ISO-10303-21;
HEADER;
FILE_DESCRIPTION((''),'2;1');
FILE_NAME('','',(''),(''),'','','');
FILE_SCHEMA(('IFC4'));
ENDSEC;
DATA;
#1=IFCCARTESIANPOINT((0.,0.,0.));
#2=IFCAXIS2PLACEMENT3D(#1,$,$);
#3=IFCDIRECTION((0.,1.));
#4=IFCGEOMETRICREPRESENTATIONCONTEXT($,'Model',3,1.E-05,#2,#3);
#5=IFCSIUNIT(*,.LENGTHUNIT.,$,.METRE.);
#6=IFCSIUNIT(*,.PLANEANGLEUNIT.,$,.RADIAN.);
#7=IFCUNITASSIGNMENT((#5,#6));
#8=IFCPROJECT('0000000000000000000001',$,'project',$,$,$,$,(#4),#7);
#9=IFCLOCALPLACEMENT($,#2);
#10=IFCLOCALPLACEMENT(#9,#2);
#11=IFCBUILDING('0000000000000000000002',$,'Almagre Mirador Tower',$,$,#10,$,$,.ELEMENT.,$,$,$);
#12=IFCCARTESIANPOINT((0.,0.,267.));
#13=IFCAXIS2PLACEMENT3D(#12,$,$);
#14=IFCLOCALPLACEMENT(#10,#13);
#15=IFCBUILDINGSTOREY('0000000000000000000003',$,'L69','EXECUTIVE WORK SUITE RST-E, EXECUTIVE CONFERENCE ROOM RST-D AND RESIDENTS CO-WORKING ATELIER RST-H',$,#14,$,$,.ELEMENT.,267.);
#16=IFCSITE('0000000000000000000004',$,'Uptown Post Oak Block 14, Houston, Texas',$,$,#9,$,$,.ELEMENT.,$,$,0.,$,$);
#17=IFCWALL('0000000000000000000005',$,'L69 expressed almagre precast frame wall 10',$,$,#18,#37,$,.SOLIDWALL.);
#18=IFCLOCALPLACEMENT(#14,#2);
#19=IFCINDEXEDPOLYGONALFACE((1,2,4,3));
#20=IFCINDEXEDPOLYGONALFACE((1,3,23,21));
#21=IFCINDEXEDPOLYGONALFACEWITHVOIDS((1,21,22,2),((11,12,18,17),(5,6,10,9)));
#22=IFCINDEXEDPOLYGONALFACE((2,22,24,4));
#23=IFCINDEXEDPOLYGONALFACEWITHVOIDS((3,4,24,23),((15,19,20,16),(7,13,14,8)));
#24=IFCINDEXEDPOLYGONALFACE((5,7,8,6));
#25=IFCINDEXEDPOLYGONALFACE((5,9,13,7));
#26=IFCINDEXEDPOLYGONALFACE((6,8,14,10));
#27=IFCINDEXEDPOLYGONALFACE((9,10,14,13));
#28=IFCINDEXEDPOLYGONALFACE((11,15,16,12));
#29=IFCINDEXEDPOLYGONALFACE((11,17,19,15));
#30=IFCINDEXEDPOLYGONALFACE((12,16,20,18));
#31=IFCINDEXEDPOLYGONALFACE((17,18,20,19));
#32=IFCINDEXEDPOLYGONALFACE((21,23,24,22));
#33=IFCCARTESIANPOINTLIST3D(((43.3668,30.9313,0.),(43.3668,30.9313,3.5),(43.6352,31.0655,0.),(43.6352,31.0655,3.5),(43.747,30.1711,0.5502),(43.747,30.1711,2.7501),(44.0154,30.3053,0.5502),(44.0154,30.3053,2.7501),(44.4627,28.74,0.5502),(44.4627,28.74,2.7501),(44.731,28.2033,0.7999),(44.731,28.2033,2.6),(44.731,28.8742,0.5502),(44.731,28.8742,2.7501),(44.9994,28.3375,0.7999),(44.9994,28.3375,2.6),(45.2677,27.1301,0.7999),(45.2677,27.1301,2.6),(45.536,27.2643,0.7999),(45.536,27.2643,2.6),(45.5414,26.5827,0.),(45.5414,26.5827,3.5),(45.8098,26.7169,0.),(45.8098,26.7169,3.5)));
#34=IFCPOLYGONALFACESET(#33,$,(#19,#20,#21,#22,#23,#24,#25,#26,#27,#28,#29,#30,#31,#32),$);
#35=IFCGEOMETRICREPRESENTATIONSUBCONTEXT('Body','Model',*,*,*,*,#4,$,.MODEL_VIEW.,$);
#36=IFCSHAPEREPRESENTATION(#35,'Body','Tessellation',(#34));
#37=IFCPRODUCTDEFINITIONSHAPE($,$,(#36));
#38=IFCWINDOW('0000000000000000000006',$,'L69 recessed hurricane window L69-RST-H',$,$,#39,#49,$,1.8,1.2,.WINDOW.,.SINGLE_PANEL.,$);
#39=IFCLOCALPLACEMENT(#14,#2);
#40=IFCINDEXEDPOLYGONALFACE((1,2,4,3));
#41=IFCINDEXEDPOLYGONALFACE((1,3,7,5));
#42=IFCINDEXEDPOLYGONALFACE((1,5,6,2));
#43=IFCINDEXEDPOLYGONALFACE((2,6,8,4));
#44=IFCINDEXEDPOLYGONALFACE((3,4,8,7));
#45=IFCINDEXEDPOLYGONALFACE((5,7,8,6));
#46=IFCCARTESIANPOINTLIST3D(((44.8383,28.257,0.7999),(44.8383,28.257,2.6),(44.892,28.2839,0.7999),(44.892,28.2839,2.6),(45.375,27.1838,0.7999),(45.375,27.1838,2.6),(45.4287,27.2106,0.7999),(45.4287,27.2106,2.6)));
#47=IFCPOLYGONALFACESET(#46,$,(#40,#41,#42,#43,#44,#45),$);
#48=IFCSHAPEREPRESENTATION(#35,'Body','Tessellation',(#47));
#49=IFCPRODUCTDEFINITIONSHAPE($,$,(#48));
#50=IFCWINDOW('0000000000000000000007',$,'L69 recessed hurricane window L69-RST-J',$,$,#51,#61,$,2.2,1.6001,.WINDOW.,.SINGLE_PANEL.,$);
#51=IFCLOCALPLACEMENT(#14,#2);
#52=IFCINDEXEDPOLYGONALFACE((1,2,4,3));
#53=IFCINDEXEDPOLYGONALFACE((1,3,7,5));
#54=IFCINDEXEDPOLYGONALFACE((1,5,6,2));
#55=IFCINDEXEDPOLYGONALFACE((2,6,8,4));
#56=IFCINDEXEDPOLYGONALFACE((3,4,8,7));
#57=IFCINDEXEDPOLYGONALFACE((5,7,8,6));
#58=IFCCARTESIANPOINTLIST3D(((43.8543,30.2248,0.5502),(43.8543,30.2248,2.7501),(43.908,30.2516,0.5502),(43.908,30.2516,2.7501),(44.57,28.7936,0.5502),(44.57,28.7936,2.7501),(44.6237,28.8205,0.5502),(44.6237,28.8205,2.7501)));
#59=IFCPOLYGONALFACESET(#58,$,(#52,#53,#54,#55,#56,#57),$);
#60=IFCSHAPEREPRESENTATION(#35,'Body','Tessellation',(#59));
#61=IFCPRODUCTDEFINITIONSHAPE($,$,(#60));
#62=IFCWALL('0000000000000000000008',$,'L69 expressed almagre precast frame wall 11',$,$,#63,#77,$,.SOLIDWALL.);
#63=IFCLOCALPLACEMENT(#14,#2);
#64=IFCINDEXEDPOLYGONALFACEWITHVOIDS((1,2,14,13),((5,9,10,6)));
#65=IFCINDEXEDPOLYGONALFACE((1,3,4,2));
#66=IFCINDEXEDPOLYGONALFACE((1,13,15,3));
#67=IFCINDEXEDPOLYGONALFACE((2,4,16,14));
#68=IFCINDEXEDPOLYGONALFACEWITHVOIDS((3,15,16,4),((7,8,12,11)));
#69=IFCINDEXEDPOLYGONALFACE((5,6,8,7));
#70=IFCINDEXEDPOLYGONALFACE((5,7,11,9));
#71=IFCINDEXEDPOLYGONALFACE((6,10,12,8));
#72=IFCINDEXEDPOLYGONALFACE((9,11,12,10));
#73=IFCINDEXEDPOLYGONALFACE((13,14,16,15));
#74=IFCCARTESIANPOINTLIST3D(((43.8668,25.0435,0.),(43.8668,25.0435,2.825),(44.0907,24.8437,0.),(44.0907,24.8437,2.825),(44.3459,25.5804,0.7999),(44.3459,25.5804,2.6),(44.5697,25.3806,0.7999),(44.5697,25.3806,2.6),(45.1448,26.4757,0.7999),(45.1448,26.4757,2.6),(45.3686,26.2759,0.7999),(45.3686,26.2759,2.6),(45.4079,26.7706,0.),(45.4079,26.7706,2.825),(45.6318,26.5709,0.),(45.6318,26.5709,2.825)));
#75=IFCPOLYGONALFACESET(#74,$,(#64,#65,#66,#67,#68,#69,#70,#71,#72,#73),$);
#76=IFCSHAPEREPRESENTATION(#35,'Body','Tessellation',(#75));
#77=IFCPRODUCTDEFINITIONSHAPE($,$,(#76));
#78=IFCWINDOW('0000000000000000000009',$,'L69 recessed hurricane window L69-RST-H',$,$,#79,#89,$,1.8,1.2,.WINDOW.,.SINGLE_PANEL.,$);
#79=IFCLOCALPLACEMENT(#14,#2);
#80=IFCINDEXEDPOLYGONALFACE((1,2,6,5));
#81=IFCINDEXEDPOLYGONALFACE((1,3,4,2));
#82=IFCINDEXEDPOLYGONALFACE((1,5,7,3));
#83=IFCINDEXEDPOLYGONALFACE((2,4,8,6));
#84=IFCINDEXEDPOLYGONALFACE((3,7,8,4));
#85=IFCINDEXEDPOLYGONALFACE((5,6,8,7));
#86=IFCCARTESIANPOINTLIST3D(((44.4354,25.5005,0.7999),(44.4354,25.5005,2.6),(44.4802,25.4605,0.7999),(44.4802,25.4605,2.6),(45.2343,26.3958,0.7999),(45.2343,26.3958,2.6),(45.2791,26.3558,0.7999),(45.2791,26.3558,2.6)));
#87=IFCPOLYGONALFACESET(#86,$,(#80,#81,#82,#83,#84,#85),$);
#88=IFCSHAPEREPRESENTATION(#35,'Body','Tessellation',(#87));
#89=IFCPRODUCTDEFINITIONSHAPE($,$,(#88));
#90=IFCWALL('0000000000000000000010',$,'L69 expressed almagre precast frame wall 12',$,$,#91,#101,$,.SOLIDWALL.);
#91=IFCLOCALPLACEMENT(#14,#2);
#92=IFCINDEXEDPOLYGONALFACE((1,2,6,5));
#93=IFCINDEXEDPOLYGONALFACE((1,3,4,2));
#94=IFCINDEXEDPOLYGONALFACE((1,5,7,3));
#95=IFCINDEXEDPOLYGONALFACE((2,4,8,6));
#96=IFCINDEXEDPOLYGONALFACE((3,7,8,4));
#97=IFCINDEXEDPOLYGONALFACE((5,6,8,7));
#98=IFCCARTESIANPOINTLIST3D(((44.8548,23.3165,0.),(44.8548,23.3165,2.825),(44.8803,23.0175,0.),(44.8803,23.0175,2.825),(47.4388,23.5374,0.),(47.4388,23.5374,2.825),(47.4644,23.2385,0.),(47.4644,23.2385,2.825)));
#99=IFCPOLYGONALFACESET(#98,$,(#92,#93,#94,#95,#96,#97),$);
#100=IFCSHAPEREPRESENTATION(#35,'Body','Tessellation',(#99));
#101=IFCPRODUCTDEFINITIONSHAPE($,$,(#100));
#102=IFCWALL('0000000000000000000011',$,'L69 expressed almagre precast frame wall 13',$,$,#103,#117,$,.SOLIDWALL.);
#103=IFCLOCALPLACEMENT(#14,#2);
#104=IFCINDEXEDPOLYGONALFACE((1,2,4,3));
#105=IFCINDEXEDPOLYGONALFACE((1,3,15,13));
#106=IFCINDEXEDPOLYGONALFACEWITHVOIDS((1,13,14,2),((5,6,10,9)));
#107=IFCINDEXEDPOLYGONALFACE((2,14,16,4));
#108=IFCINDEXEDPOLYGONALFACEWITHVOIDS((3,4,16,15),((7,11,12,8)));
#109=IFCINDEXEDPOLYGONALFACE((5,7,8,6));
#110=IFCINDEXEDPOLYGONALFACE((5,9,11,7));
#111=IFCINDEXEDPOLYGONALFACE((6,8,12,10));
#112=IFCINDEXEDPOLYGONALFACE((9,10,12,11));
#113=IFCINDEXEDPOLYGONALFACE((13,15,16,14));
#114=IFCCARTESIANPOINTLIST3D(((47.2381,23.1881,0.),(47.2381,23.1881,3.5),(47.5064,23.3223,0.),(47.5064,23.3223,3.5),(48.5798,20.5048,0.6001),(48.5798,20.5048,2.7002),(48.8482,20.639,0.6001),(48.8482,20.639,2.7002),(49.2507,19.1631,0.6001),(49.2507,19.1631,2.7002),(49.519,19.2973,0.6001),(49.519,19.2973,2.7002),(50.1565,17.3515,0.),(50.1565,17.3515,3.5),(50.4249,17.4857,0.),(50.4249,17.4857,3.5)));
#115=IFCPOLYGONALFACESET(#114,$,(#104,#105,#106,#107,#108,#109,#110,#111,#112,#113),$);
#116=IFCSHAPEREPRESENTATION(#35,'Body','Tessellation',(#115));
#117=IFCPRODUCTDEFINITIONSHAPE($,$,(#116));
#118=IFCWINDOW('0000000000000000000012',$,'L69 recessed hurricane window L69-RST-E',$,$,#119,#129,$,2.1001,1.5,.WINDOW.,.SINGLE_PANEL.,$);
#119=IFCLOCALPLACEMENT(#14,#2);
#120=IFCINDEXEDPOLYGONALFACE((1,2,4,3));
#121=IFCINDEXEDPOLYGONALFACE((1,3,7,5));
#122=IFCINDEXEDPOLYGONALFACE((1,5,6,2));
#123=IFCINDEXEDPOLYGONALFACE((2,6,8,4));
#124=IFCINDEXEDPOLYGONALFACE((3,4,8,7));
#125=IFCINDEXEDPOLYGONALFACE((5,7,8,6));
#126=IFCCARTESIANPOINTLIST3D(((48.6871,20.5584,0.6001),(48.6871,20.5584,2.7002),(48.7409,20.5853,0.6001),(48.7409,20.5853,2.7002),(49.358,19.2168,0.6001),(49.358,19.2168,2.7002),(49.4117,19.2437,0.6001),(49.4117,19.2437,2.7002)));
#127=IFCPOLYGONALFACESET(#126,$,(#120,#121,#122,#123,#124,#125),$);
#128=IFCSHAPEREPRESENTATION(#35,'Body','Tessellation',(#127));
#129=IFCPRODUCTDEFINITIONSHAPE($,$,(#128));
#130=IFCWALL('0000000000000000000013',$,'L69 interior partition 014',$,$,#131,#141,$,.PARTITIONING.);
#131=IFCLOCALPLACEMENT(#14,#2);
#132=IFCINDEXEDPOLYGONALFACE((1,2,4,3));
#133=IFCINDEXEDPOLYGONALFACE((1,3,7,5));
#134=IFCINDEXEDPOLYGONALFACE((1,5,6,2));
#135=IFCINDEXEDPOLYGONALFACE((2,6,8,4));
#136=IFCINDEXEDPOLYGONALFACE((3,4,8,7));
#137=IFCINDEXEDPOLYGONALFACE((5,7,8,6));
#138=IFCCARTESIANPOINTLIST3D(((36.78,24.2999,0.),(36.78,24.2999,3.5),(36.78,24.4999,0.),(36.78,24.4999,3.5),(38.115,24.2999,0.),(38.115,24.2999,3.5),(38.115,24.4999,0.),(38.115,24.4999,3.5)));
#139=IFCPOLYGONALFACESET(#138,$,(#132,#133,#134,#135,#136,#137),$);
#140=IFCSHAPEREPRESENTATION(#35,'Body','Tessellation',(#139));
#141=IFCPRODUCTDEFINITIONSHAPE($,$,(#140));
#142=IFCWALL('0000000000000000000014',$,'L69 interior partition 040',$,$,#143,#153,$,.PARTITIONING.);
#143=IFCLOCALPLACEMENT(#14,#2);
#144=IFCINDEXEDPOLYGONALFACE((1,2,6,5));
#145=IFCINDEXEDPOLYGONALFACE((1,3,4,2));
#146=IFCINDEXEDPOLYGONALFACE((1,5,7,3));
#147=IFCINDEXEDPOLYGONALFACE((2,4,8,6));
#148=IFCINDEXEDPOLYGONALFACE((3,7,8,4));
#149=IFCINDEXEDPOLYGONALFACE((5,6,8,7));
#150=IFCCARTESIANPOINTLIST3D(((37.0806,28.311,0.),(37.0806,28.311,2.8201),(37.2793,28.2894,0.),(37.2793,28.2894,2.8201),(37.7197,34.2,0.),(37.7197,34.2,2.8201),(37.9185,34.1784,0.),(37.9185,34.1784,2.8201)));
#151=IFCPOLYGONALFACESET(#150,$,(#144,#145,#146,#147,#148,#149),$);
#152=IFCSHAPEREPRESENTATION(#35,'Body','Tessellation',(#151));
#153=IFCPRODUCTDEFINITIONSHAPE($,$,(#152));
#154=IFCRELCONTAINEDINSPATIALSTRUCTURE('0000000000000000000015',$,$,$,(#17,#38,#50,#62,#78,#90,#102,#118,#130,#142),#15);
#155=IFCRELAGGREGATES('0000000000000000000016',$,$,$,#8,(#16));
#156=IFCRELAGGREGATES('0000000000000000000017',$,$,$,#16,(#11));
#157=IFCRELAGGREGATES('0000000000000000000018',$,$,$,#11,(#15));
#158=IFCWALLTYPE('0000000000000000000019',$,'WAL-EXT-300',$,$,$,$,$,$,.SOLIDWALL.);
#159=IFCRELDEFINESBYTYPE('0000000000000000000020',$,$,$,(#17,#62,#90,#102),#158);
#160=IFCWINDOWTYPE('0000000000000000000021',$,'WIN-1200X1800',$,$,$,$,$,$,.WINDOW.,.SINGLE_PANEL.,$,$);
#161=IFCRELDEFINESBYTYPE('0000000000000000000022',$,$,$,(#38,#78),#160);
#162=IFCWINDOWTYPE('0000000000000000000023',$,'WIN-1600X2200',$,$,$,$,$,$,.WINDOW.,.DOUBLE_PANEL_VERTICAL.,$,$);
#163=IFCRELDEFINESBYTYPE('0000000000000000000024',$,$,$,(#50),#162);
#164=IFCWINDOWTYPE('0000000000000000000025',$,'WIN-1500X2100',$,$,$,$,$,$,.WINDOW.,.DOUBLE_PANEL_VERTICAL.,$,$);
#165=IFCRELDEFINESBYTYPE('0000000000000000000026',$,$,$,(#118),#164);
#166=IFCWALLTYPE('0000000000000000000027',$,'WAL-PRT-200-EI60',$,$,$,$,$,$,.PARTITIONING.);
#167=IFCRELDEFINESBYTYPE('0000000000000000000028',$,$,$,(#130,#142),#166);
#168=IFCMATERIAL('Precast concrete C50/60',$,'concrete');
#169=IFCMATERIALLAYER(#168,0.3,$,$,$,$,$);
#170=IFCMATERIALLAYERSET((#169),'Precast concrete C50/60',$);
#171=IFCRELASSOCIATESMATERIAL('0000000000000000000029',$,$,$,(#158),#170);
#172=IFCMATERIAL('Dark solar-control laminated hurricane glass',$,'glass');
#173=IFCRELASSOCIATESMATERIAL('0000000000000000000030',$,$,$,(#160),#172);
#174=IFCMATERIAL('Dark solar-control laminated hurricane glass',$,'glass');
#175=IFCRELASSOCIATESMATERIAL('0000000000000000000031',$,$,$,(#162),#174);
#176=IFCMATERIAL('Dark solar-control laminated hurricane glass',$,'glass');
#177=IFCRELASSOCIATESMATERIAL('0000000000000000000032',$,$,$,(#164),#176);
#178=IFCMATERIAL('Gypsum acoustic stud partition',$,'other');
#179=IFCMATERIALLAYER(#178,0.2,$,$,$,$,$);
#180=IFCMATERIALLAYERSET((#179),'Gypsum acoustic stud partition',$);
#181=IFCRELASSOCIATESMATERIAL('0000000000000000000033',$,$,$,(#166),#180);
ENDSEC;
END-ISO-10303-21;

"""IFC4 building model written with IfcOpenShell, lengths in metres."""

from ifc_helpers import new_model, si_unit, direction, frame, frame_2d, origin, place, context, subcontext, project, spatial, rectangle, extrude, material, layer, layer_set, type_object, element, fill, save


model = new_model("IFC4")

# Units and contexts
model_context = context("Model", 3, precision=1e-05, world=origin(), true_north=direction((0.0, 1.0)))
body_context = subcontext(model_context, "Body", "Model", "MODEL_VIEW")
ifc_project = project(units=[si_unit("LENGTHUNIT", "METRE"), si_unit("PLANEANGLEUNIT", "RADIAN")], contexts=[model_context])

# Site, building, storey
site_placement = place(None, origin())
site = spatial("IfcSite", under=ifc_project, at=site_placement, Name="Uptown Post Oak Block 14, Houston, Texas", CompositionType="ELEMENT", RefElevation=0.0)
building_placement = place(site_placement, origin())
building = spatial("IfcBuilding", under=site, at=building_placement, Name="Almagre Mirador Tower", CompositionType="ELEMENT")
storey_placement = place(building_placement, frame((0.0, 0.0, 267.0)))
storey = spatial("IfcBuildingStorey", under=building, at=storey_placement, Name="L69", Description="EXECUTIVE WORK SUITE RST-E, EXECUTIVE CONFERENCE ROOM RST-D AND RESIDENTS CO-WORKING ATELIER RST-H", CompositionType="ELEMENT", Elevation=267.0)

# Shared definitions
ifc_material_1 = material(Name="Precast concrete C50/60", Category="concrete")
ifc_layer_1 = layer(ifc_material_1, 0.3)
ifc_layer_set_1 = layer_set([ifc_layer_1], Name="Precast concrete C50/60")
wall_type_1 = type_object("IfcWallType", Name="WAL-EXT-300", PredefinedType="SOLIDWALL", material=ifc_layer_set_1)

# Shared definitions
ifc_material_2 = material(Name="Dark solar-control laminated hurricane glass", Category="glass")
window_type_1 = type_object("IfcWindowType", Name="WIN-1200X1800", PartitioningType="SINGLE_PANEL", PredefinedType="WINDOW", material=ifc_material_2)

# Wall, openings, windows
wall_1_placement = place(storey_placement, frame((43.501, 30.9985, 0.0), z_axis=(0.0, 0.0, 1.0), x_axis=(0.447254, -0.894407, 0.0)))
wall_1 = element("IfcWall", 1, at=wall_1_placement, inside=storey, type_object=wall_type_1, Name="L69 expressed almagre precast frame wall 10", PredefinedType="SOLIDWALL", context=body_context, shape_type="SweptSolid", body=[
    extrude(rectangle(XDim=4.8621, YDim=0.3, at=frame_2d((2.4312, 0.0))), origin(), (0.0, 0.0, 1.0), 3.5),
])
opening_1_placement = place(wall_1_placement, frame((3.05, 0.0, 0.8)))
opening_1 = element("IfcOpeningElement", 2, at=opening_1_placement, cuts=wall_1, PredefinedType="OPENING", context=body_context, shape_type="SweptSolid", body=[
    extrude(rectangle(XDim=1.2, YDim=1.8, at=frame_2d((0.6001, 0.8999))), frame((0.0, 0.1599, 0.0), z_axis=(0.0, -1.0, 0.0), x_axis=(1.0, 0.0, 0.0)), (0.0, 0.0, 1.0), 0.32),
])
opening_2_placement = place(wall_1_placement, frame((0.8501, 0.0, 0.55)))
opening_2 = element("IfcOpeningElement", 3, at=opening_2_placement, cuts=wall_1, PredefinedType="OPENING", context=body_context, shape_type="SweptSolid", body=[
    extrude(rectangle(XDim=1.6001, YDim=2.2, at=frame_2d((0.8, 1.1001))), frame((0.0, 0.1599, 0.0), z_axis=(0.0, -1.0, 0.0), x_axis=(1.0, 0.0, 0.0)), (0.0, 0.0, 1.0), 0.32),
])
window_1_placement = place(opening_1_placement, origin())
window_1 = element("IfcWindow", 4, at=window_1_placement, inside=storey, type_object=window_type_1, Name="L69 recessed hurricane window L69-RST-H", OverallHeight=1.8, OverallWidth=1.2, PartitioningType="SINGLE_PANEL", PredefinedType="WINDOW", context=body_context, shape_type="SweptSolid", body=[
    extrude(rectangle(XDim=1.2, YDim=1.8, at=frame_2d((0.6001, 0.8999))), frame((0.0, 0.03, 0.0), z_axis=(0.0, -1.0, 0.0), x_axis=(1.0, 0.0, 0.0)), (0.0, 0.0, 1.0), 0.0601),
])
fill(opening_1, window_1)
ifc_material_3 = material(Name="Dark solar-control laminated hurricane glass", Category="glass")
window_type_2 = type_object("IfcWindowType", Name="WIN-1600X2200", PartitioningType="DOUBLE_PANEL_VERTICAL", PredefinedType="WINDOW", material=ifc_material_3)
window_2_placement = place(opening_2_placement, origin())
window_2 = element("IfcWindow", 5, at=window_2_placement, inside=storey, type_object=window_type_2, Name="L69 recessed hurricane window L69-RST-J", OverallHeight=2.2, OverallWidth=1.6001, PartitioningType="SINGLE_PANEL", PredefinedType="WINDOW", context=body_context, shape_type="SweptSolid", body=[
    extrude(rectangle(XDim=1.6001, YDim=2.2, at=frame_2d((0.8, 1.1001))), frame((0.0, 0.03, 0.0), z_axis=(0.0, -1.0, 0.0), x_axis=(1.0, 0.0, 0.0)), (0.0, 0.0, 1.0), 0.0601),
])
fill(opening_2, window_2)

# Wall, opening, window
wall_2_placement = place(storey_placement, frame((45.5198, 26.6707, 0.0), z_axis=(0.0, 0.0, 1.0), x_axis=(-0.665777, -0.746151, 0.0)))
wall_2 = element("IfcWall", 6, at=wall_2_placement, inside=storey, type_object=wall_type_1, Name="L69 expressed almagre precast frame wall 11", PredefinedType="SOLIDWALL", context=body_context, shape_type="SweptSolid", body=[
    extrude(rectangle(XDim=2.3147, YDim=0.3, at=frame_2d((1.1572, 0.0))), origin(), (0.0, 0.0, 1.0), 2.825),
])
opening_3_placement = place(wall_2_placement, frame((0.395, 0.0, 0.8)))
opening_3 = element("IfcOpeningElement", 7, at=opening_3_placement, cuts=wall_2, PredefinedType="OPENING", context=body_context, shape_type="SweptSolid", body=[
    extrude(rectangle(XDim=1.2, YDim=1.8, at=frame_2d((0.6001, 0.8999))), frame((0.0, 0.1599, 0.0), z_axis=(0.0, -1.0, 0.0), x_axis=(1.0, 0.0, 0.0)), (0.0, 0.0, 1.0), 0.32),
])
window_3_placement = place(opening_3_placement, origin())
window_3 = element("IfcWindow", 8, at=window_3_placement, inside=storey, type_object=window_type_1, Name="L69 recessed hurricane window L69-RST-H", OverallHeight=1.8, OverallWidth=1.2, PartitioningType="SINGLE_PANEL", PredefinedType="WINDOW", context=body_context, shape_type="SweptSolid", body=[
    extrude(rectangle(XDim=1.2, YDim=1.8, at=frame_2d((0.6001, 0.8999))), frame((0.0, 0.03, 0.0), z_axis=(0.0, -1.0, 0.0), x_axis=(1.0, 0.0, 0.0)), (0.0, 0.0, 1.0), 0.0601),
])
fill(opening_3, window_3)

# Wall
wall_3_placement = place(storey_placement, frame((44.8674, 23.167, 0.0), z_axis=(0.0, 0.0, 1.0), x_axis=(0.996364, 0.085196, 0.0)))
element("IfcWall", 9, at=wall_3_placement, inside=storey, type_object=wall_type_1, Name="L69 expressed almagre precast frame wall 12", PredefinedType="SOLIDWALL", context=body_context, shape_type="SweptSolid", body=[
    extrude(rectangle(XDim=2.5935, YDim=0.3, at=frame_2d((1.2969, 0.0))), origin(), (0.0, 0.0, 1.0), 2.825),
])

# Wall, opening, window
wall_4_placement = place(storey_placement, frame((47.3723, 23.2551, 0.0), z_axis=(0.0, 0.0, 1.0), x_axis=(0.447229, -0.89442, 0.0)))
wall_4 = element("IfcWall", 10, at=wall_4_placement, inside=storey, type_object=wall_type_1, Name="L69 expressed almagre precast frame wall 13", PredefinedType="SOLIDWALL", context=body_context, shape_type="SweptSolid", body=[
    extrude(rectangle(XDim=6.5256, YDim=0.3, at=frame_2d((3.2627, 0.0))), origin(), (0.0, 0.0, 1.0), 3.5),
])
opening_4_placement = place(wall_4_placement, frame((3.0, 0.0, 0.6001)))
opening_4 = element("IfcOpeningElement", 11, at=opening_4_placement, cuts=wall_4, PredefinedType="OPENING", context=body_context, shape_type="SweptSolid", body=[
    extrude(rectangle(XDim=1.5, YDim=2.1001, at=frame_2d((0.75, 1.05))), frame((0.0, 0.1599, 0.0), z_axis=(0.0, -1.0, 0.0), x_axis=(1.0, 0.0, 0.0)), (0.0, 0.0, 1.0), 0.32),
])
ifc_material_4 = material(Name="Dark solar-control laminated hurricane glass", Category="glass")
window_type_3 = type_object("IfcWindowType", Name="WIN-1500X2100", PartitioningType="DOUBLE_PANEL_VERTICAL", PredefinedType="WINDOW", material=ifc_material_4)
window_4_placement = place(opening_4_placement, origin())
window_4 = element("IfcWindow", 12, at=window_4_placement, inside=storey, type_object=window_type_3, Name="L69 recessed hurricane window L69-RST-E", OverallHeight=2.1001, OverallWidth=1.5, PartitioningType="SINGLE_PANEL", PredefinedType="WINDOW", context=body_context, shape_type="SweptSolid", body=[
    extrude(rectangle(XDim=1.5, YDim=2.1001, at=frame_2d((0.75, 1.05))), frame((0.0, 0.03, 0.0), z_axis=(0.0, -1.0, 0.0), x_axis=(1.0, 0.0, 0.0)), (0.0, 0.0, 1.0), 0.0601),
])
fill(opening_4, window_4)

# Walls
ifc_material_5 = material(Name="Gypsum acoustic stud partition", Category="other")
ifc_layer_2 = layer(ifc_material_5, 0.2)
ifc_layer_set_2 = layer_set([ifc_layer_2], Name="Gypsum acoustic stud partition")
wall_type_2 = type_object("IfcWallType", Name="WAL-PRT-200-EI60", PredefinedType="PARTITIONING", material=ifc_layer_set_2)
wall_5_placement = place(storey_placement, frame((38.115, 24.3999, 0.0), z_axis=(0.0, 0.0, 1.0), x_axis=(-1.0, 0.0, 0.0)))
element("IfcWall", 13, at=wall_5_placement, inside=storey, type_object=wall_type_2, Name="L69 interior partition 014", PredefinedType="PARTITIONING", context=body_context, shape_type="SweptSolid", body=[
    extrude(rectangle(XDim=1.335, YDim=0.2, at=frame_2d((0.6675, 0.0))), origin(), (0.0, 0.0, 1.0), 3.5),
])
wall_6_placement = place(storey_placement, frame((37.1799, 28.3, 0.0), z_axis=(0.0, 0.0, 1.0), x_axis=(0.107902, 0.994161, 0.0)))
element("IfcWall", 14, at=wall_6_placement, inside=storey, type_object=wall_type_2, Name="L69 interior partition 040", PredefinedType="PARTITIONING", context=body_context, shape_type="SweptSolid", body=[
    extrude(rectangle(XDim=5.9236, YDim=0.2, at=frame_2d((2.9619, 0.0))), origin(), (0.0, 0.0, 1.0), 2.8201),
])

save(model, "model.ifc")
